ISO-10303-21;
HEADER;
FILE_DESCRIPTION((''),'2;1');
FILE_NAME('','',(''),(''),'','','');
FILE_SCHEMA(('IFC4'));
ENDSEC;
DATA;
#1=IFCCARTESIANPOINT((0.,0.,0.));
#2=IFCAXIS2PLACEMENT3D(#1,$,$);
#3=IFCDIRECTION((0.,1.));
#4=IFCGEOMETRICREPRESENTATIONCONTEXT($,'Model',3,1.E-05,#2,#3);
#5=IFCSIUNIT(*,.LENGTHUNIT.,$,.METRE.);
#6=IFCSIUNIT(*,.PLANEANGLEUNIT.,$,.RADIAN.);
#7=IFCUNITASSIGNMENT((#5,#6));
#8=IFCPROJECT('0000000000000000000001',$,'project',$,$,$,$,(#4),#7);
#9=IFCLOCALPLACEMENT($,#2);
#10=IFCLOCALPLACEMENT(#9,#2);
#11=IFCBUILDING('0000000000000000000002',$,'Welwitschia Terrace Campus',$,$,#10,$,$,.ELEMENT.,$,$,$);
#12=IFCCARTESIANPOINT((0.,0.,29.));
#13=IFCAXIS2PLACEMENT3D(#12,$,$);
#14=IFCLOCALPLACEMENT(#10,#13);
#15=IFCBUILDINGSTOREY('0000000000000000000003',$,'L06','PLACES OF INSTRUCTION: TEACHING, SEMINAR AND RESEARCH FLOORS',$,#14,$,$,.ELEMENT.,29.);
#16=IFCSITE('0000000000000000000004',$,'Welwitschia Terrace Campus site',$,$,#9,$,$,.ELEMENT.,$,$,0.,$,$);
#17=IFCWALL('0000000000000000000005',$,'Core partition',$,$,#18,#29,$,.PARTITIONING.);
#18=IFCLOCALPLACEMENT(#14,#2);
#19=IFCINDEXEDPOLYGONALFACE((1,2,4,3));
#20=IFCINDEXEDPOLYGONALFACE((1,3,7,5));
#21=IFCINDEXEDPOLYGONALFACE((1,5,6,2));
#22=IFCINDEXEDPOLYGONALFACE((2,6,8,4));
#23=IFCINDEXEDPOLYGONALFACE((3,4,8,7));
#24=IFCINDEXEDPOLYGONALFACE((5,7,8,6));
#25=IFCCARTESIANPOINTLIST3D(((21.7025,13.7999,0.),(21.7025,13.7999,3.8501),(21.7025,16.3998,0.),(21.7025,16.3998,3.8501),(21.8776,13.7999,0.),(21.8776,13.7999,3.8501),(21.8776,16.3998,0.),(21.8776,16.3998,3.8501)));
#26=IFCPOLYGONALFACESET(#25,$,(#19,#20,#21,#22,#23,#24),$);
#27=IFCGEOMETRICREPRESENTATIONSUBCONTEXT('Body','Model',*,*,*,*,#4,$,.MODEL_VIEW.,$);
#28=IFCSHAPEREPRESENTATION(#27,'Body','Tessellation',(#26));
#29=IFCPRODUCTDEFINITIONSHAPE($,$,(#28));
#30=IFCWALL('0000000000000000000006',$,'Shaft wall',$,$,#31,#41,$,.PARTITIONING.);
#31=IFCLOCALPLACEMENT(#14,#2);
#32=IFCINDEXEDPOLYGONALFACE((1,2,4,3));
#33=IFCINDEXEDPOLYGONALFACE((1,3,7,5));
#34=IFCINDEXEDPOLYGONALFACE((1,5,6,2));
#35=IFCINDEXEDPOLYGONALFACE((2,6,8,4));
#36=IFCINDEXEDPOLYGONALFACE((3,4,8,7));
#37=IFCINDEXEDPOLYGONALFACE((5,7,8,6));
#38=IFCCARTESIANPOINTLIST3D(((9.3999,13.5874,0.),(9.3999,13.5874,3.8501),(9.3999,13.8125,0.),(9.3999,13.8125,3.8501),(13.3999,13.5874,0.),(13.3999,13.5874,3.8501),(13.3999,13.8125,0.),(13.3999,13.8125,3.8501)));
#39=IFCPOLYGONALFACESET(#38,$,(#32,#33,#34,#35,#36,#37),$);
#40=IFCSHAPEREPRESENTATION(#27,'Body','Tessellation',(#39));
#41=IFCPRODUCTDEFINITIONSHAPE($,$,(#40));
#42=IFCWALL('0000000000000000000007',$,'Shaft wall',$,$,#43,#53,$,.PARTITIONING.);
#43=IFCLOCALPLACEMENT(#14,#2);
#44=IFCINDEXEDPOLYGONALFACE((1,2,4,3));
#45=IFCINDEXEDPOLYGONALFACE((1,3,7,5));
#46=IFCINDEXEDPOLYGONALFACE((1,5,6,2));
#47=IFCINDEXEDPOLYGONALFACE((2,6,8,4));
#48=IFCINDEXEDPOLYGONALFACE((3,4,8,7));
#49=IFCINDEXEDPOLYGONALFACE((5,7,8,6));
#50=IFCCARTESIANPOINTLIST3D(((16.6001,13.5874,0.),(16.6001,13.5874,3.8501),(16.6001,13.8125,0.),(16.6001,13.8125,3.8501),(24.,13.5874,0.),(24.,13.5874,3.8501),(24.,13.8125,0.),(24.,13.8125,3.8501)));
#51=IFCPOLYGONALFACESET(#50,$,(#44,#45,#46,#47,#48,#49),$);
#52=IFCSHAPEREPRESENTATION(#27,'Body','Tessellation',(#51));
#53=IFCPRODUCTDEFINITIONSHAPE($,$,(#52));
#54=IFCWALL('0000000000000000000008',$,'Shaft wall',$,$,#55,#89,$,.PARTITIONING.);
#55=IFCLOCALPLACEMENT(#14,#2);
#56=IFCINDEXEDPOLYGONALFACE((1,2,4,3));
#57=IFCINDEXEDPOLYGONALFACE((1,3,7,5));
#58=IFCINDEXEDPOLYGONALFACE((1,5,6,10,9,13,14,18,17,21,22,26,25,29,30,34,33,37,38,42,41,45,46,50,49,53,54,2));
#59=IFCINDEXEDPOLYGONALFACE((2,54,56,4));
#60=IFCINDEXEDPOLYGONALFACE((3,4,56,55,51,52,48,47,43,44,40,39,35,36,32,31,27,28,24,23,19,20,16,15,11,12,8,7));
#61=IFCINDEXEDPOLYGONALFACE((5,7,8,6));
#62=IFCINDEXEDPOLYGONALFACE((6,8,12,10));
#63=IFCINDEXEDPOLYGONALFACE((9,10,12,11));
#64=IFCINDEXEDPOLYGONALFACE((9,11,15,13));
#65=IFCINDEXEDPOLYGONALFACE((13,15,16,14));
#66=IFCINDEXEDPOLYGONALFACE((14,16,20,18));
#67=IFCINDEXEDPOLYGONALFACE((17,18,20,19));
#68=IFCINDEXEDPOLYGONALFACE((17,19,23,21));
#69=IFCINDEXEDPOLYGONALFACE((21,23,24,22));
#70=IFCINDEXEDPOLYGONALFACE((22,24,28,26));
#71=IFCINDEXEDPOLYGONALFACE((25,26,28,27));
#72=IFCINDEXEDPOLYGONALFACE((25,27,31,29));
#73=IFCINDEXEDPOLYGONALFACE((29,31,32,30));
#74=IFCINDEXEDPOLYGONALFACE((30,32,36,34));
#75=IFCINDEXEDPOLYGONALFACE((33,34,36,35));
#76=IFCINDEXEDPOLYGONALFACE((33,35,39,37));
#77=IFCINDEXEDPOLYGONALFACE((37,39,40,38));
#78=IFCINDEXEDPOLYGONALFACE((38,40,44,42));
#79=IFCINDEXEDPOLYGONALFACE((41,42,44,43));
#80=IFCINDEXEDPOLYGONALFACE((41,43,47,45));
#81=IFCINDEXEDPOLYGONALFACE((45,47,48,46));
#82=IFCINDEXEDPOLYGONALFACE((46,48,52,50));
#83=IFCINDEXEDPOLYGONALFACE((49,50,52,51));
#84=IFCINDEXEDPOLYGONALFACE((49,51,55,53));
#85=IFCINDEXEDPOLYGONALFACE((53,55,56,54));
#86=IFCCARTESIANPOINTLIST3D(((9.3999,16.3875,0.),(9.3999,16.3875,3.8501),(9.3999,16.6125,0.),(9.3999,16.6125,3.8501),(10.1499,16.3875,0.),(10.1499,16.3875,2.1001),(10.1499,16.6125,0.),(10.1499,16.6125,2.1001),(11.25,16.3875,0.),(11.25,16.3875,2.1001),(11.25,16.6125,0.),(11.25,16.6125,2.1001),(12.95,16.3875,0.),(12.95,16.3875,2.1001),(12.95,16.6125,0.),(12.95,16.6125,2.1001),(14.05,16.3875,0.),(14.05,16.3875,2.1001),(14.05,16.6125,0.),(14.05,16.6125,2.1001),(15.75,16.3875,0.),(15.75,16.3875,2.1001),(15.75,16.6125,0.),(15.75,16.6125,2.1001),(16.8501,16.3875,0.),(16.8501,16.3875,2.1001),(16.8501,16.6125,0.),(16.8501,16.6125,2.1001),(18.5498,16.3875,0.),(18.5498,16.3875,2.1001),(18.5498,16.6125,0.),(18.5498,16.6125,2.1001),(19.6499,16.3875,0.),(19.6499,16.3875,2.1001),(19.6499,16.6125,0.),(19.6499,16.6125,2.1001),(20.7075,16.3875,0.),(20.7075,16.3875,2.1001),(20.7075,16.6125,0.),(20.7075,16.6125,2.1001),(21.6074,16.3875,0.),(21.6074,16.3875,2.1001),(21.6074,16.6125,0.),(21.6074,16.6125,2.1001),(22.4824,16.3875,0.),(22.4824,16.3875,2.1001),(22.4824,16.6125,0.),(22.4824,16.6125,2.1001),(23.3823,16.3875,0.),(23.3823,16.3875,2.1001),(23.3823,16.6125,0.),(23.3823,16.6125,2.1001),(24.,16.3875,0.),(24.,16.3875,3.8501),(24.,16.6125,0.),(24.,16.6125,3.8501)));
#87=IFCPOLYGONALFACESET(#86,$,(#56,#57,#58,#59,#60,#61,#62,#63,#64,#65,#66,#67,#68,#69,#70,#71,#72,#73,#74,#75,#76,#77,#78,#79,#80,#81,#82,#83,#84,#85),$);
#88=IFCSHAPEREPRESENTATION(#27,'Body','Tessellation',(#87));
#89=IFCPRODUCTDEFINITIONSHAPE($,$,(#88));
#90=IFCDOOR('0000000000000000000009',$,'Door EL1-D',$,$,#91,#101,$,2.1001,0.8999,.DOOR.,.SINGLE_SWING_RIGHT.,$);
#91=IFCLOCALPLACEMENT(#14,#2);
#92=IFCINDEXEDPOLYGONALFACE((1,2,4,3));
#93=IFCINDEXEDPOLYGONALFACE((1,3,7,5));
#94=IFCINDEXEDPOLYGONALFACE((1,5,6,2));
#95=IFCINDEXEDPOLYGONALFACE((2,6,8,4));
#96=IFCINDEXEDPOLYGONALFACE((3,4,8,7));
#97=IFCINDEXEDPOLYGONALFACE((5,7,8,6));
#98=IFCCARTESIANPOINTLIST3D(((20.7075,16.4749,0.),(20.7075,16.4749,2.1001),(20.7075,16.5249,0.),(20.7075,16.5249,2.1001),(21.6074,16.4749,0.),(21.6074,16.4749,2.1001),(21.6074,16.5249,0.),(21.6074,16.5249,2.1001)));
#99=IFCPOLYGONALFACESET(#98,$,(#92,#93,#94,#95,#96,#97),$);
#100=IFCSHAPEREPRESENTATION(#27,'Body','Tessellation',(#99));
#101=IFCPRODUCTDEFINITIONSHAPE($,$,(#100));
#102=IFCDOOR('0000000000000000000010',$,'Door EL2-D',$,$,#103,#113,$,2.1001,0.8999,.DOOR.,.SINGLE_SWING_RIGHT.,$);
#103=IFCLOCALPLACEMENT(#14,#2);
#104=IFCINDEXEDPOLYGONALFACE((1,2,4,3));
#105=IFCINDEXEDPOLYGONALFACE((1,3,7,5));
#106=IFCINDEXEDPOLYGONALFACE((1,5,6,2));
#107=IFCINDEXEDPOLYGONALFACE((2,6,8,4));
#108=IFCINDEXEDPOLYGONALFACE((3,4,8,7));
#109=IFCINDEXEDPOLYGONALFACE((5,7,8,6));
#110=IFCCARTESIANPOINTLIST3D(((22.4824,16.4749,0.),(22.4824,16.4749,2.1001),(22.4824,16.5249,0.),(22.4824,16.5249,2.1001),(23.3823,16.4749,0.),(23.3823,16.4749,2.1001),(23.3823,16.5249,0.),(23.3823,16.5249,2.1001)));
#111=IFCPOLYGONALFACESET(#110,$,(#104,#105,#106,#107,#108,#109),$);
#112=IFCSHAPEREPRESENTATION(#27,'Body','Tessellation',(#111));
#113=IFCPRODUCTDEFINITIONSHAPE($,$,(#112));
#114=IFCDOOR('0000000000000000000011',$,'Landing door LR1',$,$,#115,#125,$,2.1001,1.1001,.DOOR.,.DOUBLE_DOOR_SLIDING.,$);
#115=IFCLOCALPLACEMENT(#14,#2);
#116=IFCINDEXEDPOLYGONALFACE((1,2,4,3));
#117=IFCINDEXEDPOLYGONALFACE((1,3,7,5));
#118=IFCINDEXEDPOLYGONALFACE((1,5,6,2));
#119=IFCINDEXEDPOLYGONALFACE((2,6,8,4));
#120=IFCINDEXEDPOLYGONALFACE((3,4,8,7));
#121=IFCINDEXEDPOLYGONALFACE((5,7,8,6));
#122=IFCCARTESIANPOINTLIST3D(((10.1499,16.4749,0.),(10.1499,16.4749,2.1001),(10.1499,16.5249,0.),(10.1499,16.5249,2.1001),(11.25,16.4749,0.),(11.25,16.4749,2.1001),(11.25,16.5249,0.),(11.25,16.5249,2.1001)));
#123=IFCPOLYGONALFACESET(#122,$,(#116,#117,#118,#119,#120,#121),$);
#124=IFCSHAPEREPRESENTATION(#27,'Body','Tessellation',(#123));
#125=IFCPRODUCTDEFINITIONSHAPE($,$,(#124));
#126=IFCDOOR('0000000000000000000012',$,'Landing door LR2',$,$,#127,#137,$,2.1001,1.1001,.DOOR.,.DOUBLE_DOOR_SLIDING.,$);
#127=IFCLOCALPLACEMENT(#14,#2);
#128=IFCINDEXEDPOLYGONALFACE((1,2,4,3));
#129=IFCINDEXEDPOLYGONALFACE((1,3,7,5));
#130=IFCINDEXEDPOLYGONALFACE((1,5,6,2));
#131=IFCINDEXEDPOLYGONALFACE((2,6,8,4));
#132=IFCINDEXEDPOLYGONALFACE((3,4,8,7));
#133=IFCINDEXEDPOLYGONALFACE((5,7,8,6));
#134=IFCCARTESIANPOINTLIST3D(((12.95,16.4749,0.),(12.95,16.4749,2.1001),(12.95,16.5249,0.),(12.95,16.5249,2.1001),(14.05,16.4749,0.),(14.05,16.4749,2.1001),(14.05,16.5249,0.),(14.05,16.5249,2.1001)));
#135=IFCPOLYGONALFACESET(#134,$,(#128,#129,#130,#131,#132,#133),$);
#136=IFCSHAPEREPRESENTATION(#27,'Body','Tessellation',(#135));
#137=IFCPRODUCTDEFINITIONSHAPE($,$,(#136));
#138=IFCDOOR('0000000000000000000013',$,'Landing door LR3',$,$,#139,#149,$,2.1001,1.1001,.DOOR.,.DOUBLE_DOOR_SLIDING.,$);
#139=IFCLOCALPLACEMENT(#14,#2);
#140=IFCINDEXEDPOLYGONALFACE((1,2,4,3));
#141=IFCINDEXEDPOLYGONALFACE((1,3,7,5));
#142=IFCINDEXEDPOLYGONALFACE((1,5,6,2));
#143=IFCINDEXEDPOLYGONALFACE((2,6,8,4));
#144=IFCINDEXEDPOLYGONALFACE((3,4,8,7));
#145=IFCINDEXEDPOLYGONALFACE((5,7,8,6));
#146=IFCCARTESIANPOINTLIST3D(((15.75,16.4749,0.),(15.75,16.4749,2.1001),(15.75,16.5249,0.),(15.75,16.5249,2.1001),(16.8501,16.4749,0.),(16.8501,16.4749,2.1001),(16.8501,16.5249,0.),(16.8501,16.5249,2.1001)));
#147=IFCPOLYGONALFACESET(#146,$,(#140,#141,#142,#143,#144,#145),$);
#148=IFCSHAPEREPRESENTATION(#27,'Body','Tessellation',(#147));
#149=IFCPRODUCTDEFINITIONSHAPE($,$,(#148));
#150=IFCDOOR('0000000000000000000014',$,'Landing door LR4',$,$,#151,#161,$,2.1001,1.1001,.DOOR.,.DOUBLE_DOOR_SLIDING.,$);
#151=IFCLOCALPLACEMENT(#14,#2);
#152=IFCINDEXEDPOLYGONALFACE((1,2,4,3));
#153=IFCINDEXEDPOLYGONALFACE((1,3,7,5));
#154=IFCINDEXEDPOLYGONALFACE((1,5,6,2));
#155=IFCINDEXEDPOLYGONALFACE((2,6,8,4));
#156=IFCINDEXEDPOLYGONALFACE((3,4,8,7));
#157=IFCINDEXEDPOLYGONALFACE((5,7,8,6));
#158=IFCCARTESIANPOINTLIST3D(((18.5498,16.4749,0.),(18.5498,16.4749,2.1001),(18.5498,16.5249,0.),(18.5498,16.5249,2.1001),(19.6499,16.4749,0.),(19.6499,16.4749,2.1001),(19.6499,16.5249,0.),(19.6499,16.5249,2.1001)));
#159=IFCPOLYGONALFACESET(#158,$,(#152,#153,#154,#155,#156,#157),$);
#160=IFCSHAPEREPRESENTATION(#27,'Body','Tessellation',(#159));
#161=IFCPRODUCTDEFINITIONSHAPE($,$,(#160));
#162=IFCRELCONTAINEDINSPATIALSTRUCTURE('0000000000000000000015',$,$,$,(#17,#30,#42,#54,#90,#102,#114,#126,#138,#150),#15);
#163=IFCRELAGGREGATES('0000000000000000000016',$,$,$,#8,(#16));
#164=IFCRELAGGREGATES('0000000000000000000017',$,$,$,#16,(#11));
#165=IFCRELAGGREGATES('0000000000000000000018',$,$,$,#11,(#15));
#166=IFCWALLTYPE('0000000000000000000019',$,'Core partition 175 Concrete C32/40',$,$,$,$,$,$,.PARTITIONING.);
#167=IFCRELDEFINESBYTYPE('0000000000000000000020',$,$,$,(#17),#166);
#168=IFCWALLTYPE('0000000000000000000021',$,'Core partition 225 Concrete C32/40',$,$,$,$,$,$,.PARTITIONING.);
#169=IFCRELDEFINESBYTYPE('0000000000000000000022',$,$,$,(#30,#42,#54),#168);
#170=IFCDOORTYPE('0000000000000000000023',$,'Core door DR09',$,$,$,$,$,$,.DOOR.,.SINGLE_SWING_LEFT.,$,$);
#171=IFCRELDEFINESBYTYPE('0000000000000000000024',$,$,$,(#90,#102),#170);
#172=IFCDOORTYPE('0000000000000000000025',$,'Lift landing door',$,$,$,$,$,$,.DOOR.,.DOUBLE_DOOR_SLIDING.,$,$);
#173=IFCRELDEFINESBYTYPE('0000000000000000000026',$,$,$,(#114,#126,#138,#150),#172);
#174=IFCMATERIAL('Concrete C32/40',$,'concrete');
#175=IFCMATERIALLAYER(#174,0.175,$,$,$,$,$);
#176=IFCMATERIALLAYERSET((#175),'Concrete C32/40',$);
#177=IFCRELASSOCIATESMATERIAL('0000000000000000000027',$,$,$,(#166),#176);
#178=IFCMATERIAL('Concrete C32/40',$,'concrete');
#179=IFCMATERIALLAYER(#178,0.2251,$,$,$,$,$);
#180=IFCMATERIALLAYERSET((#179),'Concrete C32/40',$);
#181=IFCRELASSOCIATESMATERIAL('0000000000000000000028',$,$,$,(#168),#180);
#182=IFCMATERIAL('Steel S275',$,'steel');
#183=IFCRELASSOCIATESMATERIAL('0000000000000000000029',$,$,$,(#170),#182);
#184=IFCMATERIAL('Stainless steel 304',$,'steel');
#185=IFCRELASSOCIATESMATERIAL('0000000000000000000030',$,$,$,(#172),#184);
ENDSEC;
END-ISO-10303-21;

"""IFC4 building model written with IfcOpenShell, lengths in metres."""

from ifc_helpers import new_model, si_unit, direction, frame, frame_2d, origin, place, context, subcontext, project, spatial, rectangle, extrude, material, layer, layer_set, type_object, element, fill, save


model = new_model("IFC4")

# Units and contexts
model_context = context("Model", 3, precision=1e-05, world=origin(), true_north=direction((0.0, 1.0)))
body_context = subcontext(model_context, "Body", "Model", "MODEL_VIEW")
ifc_project = project(units=[si_unit("LENGTHUNIT", "METRE"), si_unit("PLANEANGLEUNIT", "RADIAN")], contexts=[model_context])

# Site, building, storey
site_placement = place(None, origin())
site = spatial("IfcSite", under=ifc_project, at=site_placement, Name="Welwitschia Terrace Campus site", CompositionType="ELEMENT", RefElevation=0.0)
building_placement = place(site_placement, origin())
building = spatial("IfcBuilding", under=site, at=building_placement, Name="Welwitschia Terrace Campus", CompositionType="ELEMENT")
storey_placement = place(building_placement, frame((0.0, 0.0, 29.0)))
storey = spatial("IfcBuildingStorey", under=building, at=storey_placement, Name="L06", Description="PLACES OF INSTRUCTION: TEACHING, SEMINAR AND RESEARCH FLOORS", CompositionType="ELEMENT", Elevation=29.0)

# Walls
ifc_material_1 = material(Name="Concrete C32/40", Category="concrete")
ifc_layer_1 = layer(ifc_material_1, 0.175)
ifc_layer_set_1 = layer_set([ifc_layer_1], Name="Concrete C32/40")
wall_type_1 = type_object("IfcWallType", Name="Core partition 175 Concrete C32/40", PredefinedType="PARTITIONING", material=ifc_layer_set_1)
wall_1_placement = place(storey_placement, frame((21.79, 13.8, 0.0), z_axis=(0.0, 0.0, 1.0), x_axis=(0.0, 1.0, 0.0)))
element("IfcWall", 1, at=wall_1_placement, inside=storey, type_object=wall_type_1, Name="Core partition", PredefinedType="PARTITIONING", context=body_context, shape_type="SweptSolid", body=[
    extrude(rectangle(XDim=2.5999, YDim=0.175, at=frame_2d((1.2998, 0.0))), origin(), (0.0, 0.0, 1.0), 3.8501),
])
ifc_material_2 = material(Name="Concrete C32/40", Category="concrete")
ifc_layer_2 = layer(ifc_material_2, 0.2251)
ifc_layer_set_2 = layer_set([ifc_layer_2], Name="Concrete C32/40")
wall_type_2 = type_object("IfcWallType", Name="Core partition 225 Concrete C32/40", PredefinedType="PARTITIONING", material=ifc_layer_set_2)
wall_2_placement = place(storey_placement, frame((9.3999, 13.7, 0.0), z_axis=(0.0, 0.0, 1.0), x_axis=(1.0, 0.0, 0.0)))
element("IfcWall", 2, at=wall_2_placement, inside=storey, type_object=wall_type_2, Name="Shaft wall", PredefinedType="PARTITIONING", context=body_context, shape_type="SweptSolid", body=[
    extrude(rectangle(XDim=4.0, YDim=0.2251, at=frame_2d((2.0, 0.0))), origin(), (0.0, 0.0, 1.0), 3.8501),
])
wall_3_placement = place(storey_placement, frame((16.6001, 13.7, 0.0), z_axis=(0.0, 0.0, 1.0), x_axis=(1.0, 0.0, 0.0)))
element("IfcWall", 3, at=wall_3_placement, inside=storey, type_object=wall_type_2, Name="Shaft wall", PredefinedType="PARTITIONING", context=body_context, shape_type="SweptSolid", body=[
    extrude(rectangle(XDim=7.3999, YDim=0.2251, at=frame_2d((3.7, 0.0))), origin(), (0.0, 0.0, 1.0), 3.8501),
])

# Wall, openings, doors
wall_4_placement = place(storey_placement, frame((9.3999, 16.5, 0.0), z_axis=(0.0, 0.0, 1.0), x_axis=(1.0, 0.0, 0.0)))
wall_4 = element("IfcWall", 4, at=wall_4_placement, inside=storey, type_object=wall_type_2, Name="Shaft wall", PredefinedType="PARTITIONING", context=body_context, shape_type="SweptSolid", body=[
    extrude(rectangle(XDim=14.6001, YDim=0.2251, at=frame_2d((7.3, 0.0))), origin(), (0.0, 0.0, 1.0), 3.8501),
])
opening_1_placement = place(wall_4_placement, frame((0.75, 0.0, 0.0)))
opening_1 = element("IfcOpeningElement", 5, at=opening_1_placement, cuts=wall_4, PredefinedType="OPENING", context=body_context, shape_type="SweptSolid", body=[
    extrude(rectangle(XDim=1.1001, YDim=2.1001, at=frame_2d((0.55, 1.05))), frame((0.0, 0.1226, 0.0), z_axis=(0.0, -1.0, 0.0), x_axis=(1.0, 0.0, 0.0)), (0.0, 0.0, 1.0), 0.2451),
])
opening_2_placement = place(wall_4_placement, frame((3.55, 0.0, 0.0)))
opening_2 = element("IfcOpeningElement", 6, at=opening_2_placement, cuts=wall_4, PredefinedType="OPENING", context=body_context, shape_type="SweptSolid", body=[
    extrude(rectangle(XDim=1.1001, YDim=2.1001, at=frame_2d((0.55, 1.05))), frame((0.0, 0.1226, 0.0), z_axis=(0.0, -1.0, 0.0), x_axis=(1.0, 0.0, 0.0)), (0.0, 0.0, 1.0), 0.2451),
])
opening_3_placement = place(wall_4_placement, frame((6.3501, 0.0, 0.0)))
opening_3 = element("IfcOpeningElement", 7, at=opening_3_placement, cuts=wall_4, PredefinedType="OPENING", context=body_context, shape_type="SweptSolid", body=[
    extrude(rectangle(XDim=1.1001, YDim=2.1001, at=frame_2d((0.55, 1.05))), frame((0.0, 0.1226, 0.0), z_axis=(0.0, -1.0, 0.0), x_axis=(1.0, 0.0, 0.0)), (0.0, 0.0, 1.0), 0.2451),
])
opening_4_placement = place(wall_4_placement, frame((9.1499, 0.0, 0.0)))
opening_4 = element("IfcOpeningElement", 8, at=opening_4_placement, cuts=wall_4, PredefinedType="OPENING", context=body_context, shape_type="SweptSolid", body=[
    extrude(rectangle(XDim=1.1001, YDim=2.1001, at=frame_2d((0.55, 1.05))), frame((0.0, 0.1226, 0.0), z_axis=(0.0, -1.0, 0.0), x_axis=(1.0, 0.0, 0.0)), (0.0, 0.0, 1.0), 0.2451),
])
opening_5_placement = place(wall_4_placement, frame((11.3076, 0.0, 0.0)))
opening_5 = element("IfcOpeningElement", 9, at=opening_5_placement, cuts=wall_4, PredefinedType="OPENING", context=body_context, shape_type="SweptSolid", body=[
    extrude(rectangle(XDim=0.8999, YDim=2.1001, at=frame_2d((0.45, 1.05))), frame((0.0, 0.1226, 0.0), z_axis=(0.0, -1.0, 0.0), x_axis=(1.0, 0.0, 0.0)), (0.0, 0.0, 1.0), 0.2451),
])
opening_6_placement = place(wall_4_placement, frame((13.0825, 0.0, 0.0)))
opening_6 = element("IfcOpeningElement", 10, at=opening_6_placement, cuts=wall_4, PredefinedType="OPENING", context=body_context, shape_type="SweptSolid", body=[
    extrude(rectangle(XDim=0.8999, YDim=2.1001, at=frame_2d((0.45, 1.05))), frame((0.0, 0.1226, 0.0), z_axis=(0.0, -1.0, 0.0), x_axis=(1.0, 0.0, 0.0)), (0.0, 0.0, 1.0), 0.2451),
])
ifc_material_3 = material(Name="Steel S275", Category="steel")
door_type_1 = type_object("IfcDoorType", Name="Core door DR09", OperationType="SINGLE_SWING_LEFT", PredefinedType="DOOR", material=ifc_material_3)
door_1_placement = place(opening_5_placement, origin())
door_1 = element("IfcDoor", 11, at=door_1_placement, inside=storey, type_object=door_type_1, Name="Door EL1-D", OperationType="SINGLE_SWING_RIGHT", OverallHeight=2.1001, OverallWidth=0.8999, PredefinedType="DOOR", context=body_context, shape_type="SweptSolid", body=[
    extrude(rectangle(XDim=0.8999, YDim=2.1001, at=frame_2d((0.45, 1.05))), frame((0.0, 0.0249, 0.0), z_axis=(0.0, -1.0, 0.0), x_axis=(1.0, 0.0, 0.0)), (0.0, 0.0, 1.0), 0.05),
])
fill(opening_5, door_1)
door_2_placement = place(opening_6_placement, origin())
door_2 = element("IfcDoor", 12, at=door_2_placement, inside=storey, type_object=door_type_1, Name="Door EL2-D", OperationType="SINGLE_SWING_RIGHT", OverallHeight=2.1001, OverallWidth=0.8999, PredefinedType="DOOR", context=body_context, shape_type="SweptSolid", body=[
    extrude(rectangle(XDim=0.8999, YDim=2.1001, at=frame_2d((0.45, 1.05))), frame((0.0, 0.0249, 0.0), z_axis=(0.0, -1.0, 0.0), x_axis=(1.0, 0.0, 0.0)), (0.0, 0.0, 1.0), 0.05),
])
fill(opening_6, door_2)
ifc_material_4 = material(Name="Stainless steel 304", Category="steel")
door_type_2 = type_object("IfcDoorType", Name="Lift landing door", OperationType="DOUBLE_DOOR_SLIDING", PredefinedType="DOOR", material=ifc_material_4)
door_3_placement = place(opening_1_placement, origin())
door_3 = element("IfcDoor", 13, at=door_3_placement, inside=storey, type_object=door_type_2, Name="Landing door LR1", OperationType="DOUBLE_DOOR_SLIDING", OverallHeight=2.1001, OverallWidth=1.1001, PredefinedType="DOOR", context=body_context, shape_type="SweptSolid", body=[
    extrude(rectangle(XDim=1.1001, YDim=2.1001, at=frame_2d((0.55, 1.05))), frame((0.0, 0.0249, 0.0), z_axis=(0.0, -1.0, 0.0), x_axis=(1.0, 0.0, 0.0)), (0.0, 0.0, 1.0), 0.05),
])
fill(opening_1, door_3)
door_4_placement = place(opening_2_placement, origin())
door_4 = element("IfcDoor", 14, at=door_4_placement, inside=storey, type_object=door_type_2, Name="Landing door LR2", OperationType="DOUBLE_DOOR_SLIDING", OverallHeight=2.1001, OverallWidth=1.1001, PredefinedType="DOOR", context=body_context, shape_type="SweptSolid", body=[
    extrude(rectangle(XDim=1.1001, YDim=2.1001, at=frame_2d((0.55, 1.05))), frame((0.0, 0.0249, 0.0), z_axis=(0.0, -1.0, 0.0), x_axis=(1.0, 0.0, 0.0)), (0.0, 0.0, 1.0), 0.05),
])
fill(opening_2, door_4)
door_5_placement = place(opening_3_placement, origin())
door_5 = element("IfcDoor", 15, at=door_5_placement, inside=storey, type_object=door_type_2, Name="Landing door LR3", OperationType="DOUBLE_DOOR_SLIDING", OverallHeight=2.1001, OverallWidth=1.1001, PredefinedType="DOOR", context=body_context, shape_type="SweptSolid", body=[
    extrude(rectangle(XDim=1.1001, YDim=2.1001, at=frame_2d((0.55, 1.05))), frame((0.0, 0.0249, 0.0), z_axis=(0.0, -1.0, 0.0), x_axis=(1.0, 0.0, 0.0)), (0.0, 0.0, 1.0), 0.05),
])
fill(opening_3, door_5)
door_6_placement = place(opening_4_placement, origin())
door_6 = element("IfcDoor", 16, at=door_6_placement, inside=storey, type_object=door_type_2, Name="Landing door LR4", OperationType="DOUBLE_DOOR_SLIDING", OverallHeight=2.1001, OverallWidth=1.1001, PredefinedType="DOOR", context=body_context, shape_type="SweptSolid", body=[
    extrude(rectangle(XDim=1.1001, YDim=2.1001, at=frame_2d((0.55, 1.05))), frame((0.0, 0.0249, 0.0), z_axis=(0.0, -1.0, 0.0), x_axis=(1.0, 0.0, 0.0)), (0.0, 0.0, 1.0), 0.05),
])
fill(opening_4, door_6)

save(model, "model.ifc")
